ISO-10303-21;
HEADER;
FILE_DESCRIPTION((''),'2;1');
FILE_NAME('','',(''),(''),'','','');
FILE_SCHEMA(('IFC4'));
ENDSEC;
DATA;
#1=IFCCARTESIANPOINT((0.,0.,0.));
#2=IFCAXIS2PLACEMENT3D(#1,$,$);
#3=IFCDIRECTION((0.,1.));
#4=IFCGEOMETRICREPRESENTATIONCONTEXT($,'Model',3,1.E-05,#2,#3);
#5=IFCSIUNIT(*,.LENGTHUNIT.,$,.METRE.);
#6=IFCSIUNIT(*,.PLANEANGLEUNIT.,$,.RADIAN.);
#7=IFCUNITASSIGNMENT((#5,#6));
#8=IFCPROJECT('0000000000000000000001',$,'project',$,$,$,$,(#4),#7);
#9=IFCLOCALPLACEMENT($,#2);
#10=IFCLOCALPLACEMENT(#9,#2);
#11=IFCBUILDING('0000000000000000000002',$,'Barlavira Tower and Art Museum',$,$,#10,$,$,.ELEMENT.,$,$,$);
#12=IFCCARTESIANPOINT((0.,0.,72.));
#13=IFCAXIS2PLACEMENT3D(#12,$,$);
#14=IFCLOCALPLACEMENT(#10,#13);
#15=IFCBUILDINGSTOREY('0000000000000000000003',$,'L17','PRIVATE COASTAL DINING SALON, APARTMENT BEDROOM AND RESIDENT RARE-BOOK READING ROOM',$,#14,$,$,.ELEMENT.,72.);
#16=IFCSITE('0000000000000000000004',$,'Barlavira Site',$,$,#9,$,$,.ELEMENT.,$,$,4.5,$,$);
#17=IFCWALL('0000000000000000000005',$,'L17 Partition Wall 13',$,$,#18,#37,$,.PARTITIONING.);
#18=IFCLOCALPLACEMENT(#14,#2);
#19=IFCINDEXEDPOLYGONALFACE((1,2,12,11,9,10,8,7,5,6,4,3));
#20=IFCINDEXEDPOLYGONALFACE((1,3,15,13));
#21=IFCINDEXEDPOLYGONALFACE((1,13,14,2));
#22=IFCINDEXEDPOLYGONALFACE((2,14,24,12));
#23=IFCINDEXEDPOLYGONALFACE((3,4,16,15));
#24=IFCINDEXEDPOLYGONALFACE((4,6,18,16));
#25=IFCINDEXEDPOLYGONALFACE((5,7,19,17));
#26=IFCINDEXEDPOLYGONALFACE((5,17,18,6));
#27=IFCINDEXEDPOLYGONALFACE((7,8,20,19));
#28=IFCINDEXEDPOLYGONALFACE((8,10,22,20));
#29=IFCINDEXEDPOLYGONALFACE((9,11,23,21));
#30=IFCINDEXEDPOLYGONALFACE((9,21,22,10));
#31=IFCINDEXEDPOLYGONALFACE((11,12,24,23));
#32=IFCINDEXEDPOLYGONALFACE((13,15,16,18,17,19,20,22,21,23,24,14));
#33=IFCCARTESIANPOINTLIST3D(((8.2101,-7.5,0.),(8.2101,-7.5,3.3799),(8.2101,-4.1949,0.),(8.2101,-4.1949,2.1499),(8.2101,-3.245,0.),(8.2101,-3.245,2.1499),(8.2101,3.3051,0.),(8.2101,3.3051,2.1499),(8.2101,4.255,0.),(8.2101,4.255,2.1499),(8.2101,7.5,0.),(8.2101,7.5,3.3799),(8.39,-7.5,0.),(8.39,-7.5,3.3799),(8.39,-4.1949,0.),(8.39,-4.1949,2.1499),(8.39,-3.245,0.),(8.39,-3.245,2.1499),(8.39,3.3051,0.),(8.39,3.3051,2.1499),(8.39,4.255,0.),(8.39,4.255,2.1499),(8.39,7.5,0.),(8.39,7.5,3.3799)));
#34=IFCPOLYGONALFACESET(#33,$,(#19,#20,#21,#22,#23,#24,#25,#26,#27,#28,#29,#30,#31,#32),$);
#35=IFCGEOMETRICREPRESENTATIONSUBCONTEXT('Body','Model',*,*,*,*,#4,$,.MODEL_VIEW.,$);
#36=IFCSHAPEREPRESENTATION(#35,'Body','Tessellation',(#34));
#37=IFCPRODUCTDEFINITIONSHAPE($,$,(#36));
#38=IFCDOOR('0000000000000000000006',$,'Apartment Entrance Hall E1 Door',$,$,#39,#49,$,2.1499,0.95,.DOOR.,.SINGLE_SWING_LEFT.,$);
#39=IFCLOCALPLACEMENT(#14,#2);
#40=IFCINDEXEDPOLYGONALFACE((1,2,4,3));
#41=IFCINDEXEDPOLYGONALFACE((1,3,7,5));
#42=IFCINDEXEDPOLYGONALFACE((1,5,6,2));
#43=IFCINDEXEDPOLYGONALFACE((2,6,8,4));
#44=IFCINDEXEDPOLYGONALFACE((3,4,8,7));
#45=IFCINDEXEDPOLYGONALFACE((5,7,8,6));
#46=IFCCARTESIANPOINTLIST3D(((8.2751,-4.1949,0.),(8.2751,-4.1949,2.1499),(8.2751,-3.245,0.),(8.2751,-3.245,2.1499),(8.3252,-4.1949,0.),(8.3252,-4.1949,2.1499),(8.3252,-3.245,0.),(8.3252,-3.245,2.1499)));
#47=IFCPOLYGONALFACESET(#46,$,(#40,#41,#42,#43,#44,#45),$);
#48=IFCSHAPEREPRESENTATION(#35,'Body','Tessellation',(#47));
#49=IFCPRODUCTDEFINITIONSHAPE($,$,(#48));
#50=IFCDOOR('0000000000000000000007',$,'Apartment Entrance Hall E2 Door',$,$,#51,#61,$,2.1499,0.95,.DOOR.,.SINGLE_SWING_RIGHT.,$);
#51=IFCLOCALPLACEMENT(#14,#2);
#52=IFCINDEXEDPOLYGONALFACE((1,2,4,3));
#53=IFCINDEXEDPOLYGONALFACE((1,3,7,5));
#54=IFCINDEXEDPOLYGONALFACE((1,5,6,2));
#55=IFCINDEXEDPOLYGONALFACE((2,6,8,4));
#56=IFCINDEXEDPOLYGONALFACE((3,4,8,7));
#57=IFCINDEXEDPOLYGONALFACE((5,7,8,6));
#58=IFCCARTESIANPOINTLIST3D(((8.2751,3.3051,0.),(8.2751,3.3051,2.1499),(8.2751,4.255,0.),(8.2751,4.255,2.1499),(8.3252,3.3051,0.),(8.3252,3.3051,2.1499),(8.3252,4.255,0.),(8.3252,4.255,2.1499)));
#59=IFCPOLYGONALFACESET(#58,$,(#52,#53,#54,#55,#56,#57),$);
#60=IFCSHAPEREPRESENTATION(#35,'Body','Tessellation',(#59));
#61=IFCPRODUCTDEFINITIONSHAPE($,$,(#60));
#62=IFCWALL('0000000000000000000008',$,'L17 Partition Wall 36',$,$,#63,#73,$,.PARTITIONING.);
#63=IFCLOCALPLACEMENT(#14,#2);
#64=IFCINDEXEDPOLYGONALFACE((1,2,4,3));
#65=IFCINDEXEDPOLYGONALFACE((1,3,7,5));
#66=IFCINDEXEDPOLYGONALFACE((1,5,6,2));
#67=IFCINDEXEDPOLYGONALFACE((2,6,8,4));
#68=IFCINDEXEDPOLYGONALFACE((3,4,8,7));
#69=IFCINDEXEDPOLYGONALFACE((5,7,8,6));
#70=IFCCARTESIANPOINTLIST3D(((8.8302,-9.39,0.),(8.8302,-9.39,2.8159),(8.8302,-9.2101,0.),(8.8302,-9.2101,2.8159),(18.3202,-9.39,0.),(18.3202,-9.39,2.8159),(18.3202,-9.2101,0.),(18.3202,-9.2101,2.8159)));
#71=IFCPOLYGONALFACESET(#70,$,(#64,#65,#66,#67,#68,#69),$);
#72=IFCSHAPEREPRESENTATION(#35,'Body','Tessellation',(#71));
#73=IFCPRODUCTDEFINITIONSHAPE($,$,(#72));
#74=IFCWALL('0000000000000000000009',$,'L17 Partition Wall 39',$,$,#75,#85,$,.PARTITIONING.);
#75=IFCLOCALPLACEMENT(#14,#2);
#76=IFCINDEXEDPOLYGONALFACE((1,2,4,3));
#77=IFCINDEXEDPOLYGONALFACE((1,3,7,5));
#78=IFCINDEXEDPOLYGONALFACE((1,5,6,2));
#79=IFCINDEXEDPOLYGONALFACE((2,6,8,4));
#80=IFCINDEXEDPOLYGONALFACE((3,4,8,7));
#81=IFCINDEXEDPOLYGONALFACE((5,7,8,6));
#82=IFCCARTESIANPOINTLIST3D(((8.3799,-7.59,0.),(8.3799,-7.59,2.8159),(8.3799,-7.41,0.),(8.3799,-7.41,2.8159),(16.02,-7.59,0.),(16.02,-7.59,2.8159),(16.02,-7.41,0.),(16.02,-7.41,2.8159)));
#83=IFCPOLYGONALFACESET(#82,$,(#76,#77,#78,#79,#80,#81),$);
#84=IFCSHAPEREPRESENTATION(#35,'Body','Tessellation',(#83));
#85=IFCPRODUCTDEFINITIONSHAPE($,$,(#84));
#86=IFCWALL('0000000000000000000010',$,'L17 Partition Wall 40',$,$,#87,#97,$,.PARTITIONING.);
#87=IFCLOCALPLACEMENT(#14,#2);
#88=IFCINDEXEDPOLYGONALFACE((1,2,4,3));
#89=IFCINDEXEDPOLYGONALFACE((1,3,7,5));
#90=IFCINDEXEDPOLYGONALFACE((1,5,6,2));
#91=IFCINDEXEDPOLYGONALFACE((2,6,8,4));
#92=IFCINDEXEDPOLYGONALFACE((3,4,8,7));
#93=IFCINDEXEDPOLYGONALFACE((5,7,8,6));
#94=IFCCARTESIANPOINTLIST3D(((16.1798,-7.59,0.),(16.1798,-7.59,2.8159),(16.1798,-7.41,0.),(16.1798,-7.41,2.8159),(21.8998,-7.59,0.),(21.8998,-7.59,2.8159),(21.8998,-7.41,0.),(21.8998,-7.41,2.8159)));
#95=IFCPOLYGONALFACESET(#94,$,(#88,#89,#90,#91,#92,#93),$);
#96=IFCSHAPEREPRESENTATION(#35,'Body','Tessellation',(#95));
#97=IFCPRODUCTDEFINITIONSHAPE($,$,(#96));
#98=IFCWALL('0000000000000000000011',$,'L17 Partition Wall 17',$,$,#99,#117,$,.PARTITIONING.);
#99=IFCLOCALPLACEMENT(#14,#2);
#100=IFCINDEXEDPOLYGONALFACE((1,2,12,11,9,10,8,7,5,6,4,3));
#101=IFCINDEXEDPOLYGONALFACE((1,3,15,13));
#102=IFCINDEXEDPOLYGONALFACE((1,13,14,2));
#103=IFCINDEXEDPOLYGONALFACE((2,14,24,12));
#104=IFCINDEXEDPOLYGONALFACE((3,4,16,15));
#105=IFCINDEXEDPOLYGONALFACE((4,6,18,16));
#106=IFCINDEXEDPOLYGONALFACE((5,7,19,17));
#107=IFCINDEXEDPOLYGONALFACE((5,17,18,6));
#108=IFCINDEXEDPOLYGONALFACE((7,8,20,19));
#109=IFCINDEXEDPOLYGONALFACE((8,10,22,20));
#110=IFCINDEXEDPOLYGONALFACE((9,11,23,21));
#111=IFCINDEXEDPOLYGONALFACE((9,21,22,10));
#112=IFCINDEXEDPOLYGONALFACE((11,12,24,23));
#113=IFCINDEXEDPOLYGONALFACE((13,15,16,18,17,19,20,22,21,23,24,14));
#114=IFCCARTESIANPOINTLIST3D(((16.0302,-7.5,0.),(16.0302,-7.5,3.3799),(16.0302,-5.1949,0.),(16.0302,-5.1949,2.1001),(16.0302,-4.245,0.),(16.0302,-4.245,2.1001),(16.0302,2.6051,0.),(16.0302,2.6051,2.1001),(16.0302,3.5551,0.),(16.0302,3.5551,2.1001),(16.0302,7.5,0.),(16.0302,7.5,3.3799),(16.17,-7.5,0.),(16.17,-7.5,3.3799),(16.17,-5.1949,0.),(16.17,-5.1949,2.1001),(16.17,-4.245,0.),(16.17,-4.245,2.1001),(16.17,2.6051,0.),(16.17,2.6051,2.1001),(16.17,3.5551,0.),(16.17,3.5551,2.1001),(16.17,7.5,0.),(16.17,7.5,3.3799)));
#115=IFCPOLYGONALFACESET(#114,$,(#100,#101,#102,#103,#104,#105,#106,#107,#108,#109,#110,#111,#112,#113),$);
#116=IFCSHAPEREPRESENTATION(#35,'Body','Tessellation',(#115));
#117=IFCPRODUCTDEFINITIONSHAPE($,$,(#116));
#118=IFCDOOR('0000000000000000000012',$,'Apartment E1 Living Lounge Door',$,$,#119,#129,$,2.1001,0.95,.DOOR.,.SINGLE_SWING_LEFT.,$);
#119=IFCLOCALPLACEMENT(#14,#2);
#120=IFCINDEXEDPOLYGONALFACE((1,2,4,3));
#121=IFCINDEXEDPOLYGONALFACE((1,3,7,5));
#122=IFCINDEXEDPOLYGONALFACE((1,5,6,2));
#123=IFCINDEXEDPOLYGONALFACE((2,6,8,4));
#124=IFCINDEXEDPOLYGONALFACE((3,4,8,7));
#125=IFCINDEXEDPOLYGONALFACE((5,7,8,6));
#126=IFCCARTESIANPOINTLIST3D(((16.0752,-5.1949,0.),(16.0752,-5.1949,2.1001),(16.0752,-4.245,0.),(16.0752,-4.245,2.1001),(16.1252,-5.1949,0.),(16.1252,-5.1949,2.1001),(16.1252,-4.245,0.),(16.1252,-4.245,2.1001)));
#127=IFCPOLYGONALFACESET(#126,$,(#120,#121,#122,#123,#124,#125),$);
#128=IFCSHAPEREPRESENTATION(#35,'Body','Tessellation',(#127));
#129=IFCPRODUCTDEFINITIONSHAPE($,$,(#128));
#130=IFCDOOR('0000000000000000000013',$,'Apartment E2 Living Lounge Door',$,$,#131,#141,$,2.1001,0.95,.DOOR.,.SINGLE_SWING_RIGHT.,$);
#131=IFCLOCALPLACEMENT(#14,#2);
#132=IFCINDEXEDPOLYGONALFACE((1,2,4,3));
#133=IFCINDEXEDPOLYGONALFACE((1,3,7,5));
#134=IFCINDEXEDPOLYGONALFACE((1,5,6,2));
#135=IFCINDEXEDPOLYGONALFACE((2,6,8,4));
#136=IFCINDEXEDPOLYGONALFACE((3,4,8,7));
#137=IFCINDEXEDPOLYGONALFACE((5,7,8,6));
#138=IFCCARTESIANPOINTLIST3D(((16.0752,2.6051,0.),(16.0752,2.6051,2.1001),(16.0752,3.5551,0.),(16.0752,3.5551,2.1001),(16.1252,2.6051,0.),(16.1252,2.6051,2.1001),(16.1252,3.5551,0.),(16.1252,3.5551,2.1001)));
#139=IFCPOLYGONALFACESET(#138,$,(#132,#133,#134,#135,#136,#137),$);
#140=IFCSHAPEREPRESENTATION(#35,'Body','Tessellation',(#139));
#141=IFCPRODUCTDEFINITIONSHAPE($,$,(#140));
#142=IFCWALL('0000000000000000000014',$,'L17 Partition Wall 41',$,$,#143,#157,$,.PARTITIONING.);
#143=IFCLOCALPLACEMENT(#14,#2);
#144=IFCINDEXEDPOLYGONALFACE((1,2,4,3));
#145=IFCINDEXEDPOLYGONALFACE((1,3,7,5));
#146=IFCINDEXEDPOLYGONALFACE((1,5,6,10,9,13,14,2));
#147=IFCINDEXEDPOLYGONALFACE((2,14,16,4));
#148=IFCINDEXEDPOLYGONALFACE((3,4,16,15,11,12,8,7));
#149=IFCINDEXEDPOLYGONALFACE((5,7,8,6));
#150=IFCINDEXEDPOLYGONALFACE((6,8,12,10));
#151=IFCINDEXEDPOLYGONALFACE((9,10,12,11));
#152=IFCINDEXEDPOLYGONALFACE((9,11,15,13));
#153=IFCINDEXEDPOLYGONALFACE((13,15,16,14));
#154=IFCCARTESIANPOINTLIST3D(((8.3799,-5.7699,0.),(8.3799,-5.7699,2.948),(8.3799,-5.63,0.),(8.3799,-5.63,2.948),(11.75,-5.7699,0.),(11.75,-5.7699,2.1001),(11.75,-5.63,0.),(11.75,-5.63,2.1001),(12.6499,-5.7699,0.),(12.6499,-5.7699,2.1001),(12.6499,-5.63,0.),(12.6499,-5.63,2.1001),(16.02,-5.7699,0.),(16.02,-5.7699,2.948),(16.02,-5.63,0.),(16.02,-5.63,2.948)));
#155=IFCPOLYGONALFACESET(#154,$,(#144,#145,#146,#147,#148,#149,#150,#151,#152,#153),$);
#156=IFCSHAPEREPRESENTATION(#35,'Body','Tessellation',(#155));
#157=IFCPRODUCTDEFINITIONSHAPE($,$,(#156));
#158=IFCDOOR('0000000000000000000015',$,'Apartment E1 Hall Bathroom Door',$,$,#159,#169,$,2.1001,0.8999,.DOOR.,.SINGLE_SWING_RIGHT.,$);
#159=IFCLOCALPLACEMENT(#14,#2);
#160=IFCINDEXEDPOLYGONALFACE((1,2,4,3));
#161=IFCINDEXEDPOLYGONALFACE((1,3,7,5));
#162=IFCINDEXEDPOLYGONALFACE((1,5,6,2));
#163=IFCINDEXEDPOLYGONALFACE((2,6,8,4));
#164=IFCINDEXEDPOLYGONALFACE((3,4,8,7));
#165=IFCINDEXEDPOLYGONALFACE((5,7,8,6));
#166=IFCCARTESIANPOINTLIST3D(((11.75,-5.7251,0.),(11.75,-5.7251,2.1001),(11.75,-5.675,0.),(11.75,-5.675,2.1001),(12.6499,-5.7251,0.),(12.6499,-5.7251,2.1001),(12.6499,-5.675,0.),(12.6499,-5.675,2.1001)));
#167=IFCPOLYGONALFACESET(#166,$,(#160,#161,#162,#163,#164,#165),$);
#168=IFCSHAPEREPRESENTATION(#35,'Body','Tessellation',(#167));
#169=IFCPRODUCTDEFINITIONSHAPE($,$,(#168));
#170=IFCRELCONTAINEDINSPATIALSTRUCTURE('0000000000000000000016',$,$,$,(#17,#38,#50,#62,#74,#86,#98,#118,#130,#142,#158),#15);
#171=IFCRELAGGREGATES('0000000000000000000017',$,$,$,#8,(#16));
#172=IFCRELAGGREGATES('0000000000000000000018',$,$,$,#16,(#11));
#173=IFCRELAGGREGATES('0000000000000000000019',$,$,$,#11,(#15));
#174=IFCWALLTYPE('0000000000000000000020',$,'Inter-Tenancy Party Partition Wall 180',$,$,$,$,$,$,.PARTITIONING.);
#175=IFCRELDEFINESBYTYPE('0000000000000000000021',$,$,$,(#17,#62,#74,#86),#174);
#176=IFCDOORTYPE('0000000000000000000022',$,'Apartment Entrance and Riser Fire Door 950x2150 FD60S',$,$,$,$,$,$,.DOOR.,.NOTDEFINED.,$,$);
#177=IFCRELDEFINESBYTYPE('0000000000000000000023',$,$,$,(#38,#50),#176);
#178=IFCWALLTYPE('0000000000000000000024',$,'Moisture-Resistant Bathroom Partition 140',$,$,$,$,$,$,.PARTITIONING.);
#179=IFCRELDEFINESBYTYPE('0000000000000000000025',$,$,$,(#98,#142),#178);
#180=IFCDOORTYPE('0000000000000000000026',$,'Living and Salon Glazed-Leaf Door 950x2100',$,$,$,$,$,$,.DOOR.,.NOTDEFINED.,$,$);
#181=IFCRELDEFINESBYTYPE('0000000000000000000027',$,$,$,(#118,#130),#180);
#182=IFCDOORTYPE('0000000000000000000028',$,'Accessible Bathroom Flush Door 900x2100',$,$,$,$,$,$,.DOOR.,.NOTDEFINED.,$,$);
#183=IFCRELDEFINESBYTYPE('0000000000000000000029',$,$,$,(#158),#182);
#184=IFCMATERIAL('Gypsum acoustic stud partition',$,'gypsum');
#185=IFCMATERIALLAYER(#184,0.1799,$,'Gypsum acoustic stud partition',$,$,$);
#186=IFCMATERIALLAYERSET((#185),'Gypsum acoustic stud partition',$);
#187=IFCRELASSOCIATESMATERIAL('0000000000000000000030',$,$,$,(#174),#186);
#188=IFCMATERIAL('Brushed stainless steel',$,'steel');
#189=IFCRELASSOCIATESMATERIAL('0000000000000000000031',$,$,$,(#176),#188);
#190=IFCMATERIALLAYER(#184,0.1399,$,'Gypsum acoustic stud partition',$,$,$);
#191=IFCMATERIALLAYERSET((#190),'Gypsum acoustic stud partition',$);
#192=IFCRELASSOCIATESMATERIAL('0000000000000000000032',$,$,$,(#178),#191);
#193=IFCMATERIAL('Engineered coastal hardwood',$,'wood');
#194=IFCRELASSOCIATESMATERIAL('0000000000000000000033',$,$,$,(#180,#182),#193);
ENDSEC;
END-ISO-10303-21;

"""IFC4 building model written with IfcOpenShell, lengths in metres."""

from ifc_helpers import new_model, si_unit, direction, frame, frame_2d, origin, place, context, subcontext, project, spatial, rectangle, extrude, material, layer, layer_set, type_object, element, fill, save


model = new_model("IFC4")

# Units and contexts
model_context = context("Model", 3, precision=1e-05, world=origin(), true_north=direction((0.0, 1.0)))
body_context = subcontext(model_context, "Body", "Model", "MODEL_VIEW")
ifc_project = project(units=[si_unit("LENGTHUNIT", "METRE"), si_unit("PLANEANGLEUNIT", "RADIAN")], contexts=[model_context])

# Site, building, storey
site_placement = place(None, origin())
site = spatial("IfcSite", under=ifc_project, at=site_placement, Name="Barlavira Site", CompositionType="ELEMENT", RefElevation=4.5)
building_placement = place(site_placement, origin())
building = spatial("IfcBuilding", under=site, at=building_placement, Name="Barlavira Tower and Art Museum", CompositionType="ELEMENT")
storey_placement = place(building_placement, frame((0.0, 0.0, 72.0)))
storey = spatial("IfcBuildingStorey", under=building, at=storey_placement, Name="L17", Description="PRIVATE COASTAL DINING SALON, APARTMENT BEDROOM AND RESIDENT RARE-BOOK READING ROOM", CompositionType="ELEMENT", Elevation=72.0)

# Shared definitions
ifc_material_1 = material(Name="Gypsum acoustic stud partition", Category="gypsum")
ifc_material_2 = material(Name="Engineered coastal hardwood", Category="wood")

# Wall, openings, doors
ifc_layer_1 = layer(ifc_material_1, 0.1799, Name="Gypsum acoustic stud partition")
ifc_layer_set_1 = layer_set([ifc_layer_1], Name="Gypsum acoustic stud partition")
wall_type_1 = type_object("IfcWallType", Name="Inter-Tenancy Party Partition Wall 180", PredefinedType="PARTITIONING", material=ifc_layer_set_1)
wall_1_placement = place(storey_placement, frame((8.3, -7.5, 0.0), z_axis=(0.0, 0.0, 1.0), x_axis=(0.0, 1.0, 0.0)))
wall_1 = element("IfcWall", 1, at=wall_1_placement, inside=storey, type_object=wall_type_1, Name="L17 Partition Wall 13", PredefinedType="PARTITIONING", context=body_context, shape_type="SweptSolid", body=[
    extrude(rectangle(XDim=15.0, YDim=0.1799, at=frame_2d((7.5, 0.0))), origin(), (0.0, 0.0, 1.0), 3.3799),
])
opening_1_placement = place(wall_1_placement, frame((3.3049, 0.0, 0.0)))
opening_1 = element("IfcOpeningElement", 2, at=opening_1_placement, cuts=wall_1, PredefinedType="OPENING", context=body_context, shape_type="SweptSolid", body=[
    extrude(rectangle(XDim=0.95, YDim=2.1499, at=frame_2d((0.4751, 1.075))), frame((0.0, 0.1001, 0.0), z_axis=(0.0, -1.0, 0.0), x_axis=(1.0, 0.0, 0.0)), (0.0, 0.0, 1.0), 0.2),
])
opening_2_placement = place(wall_1_placement, frame((10.8049, 0.0, 0.0)))
opening_2 = element("IfcOpeningElement", 3, at=opening_2_placement, cuts=wall_1, PredefinedType="OPENING", context=body_context, shape_type="SweptSolid", body=[
    extrude(rectangle(XDim=0.95, YDim=2.1499, at=frame_2d((0.4751, 1.075))), frame((0.0, 0.1001, 0.0), z_axis=(0.0, -1.0, 0.0), x_axis=(1.0, 0.0, 0.0)), (0.0, 0.0, 1.0), 0.2),
])
ifc_material_3 = material(Name="Brushed stainless steel", Category="steel")
door_type_1 = type_object("IfcDoorType", Name="Apartment Entrance and Riser Fire Door 950x2150 FD60S", OperationType="NOTDEFINED", PredefinedType="DOOR", material=ifc_material_3)
door_1_placement = place(opening_1_placement, origin())
door_1 = element("IfcDoor", 4, at=door_1_placement, inside=storey, type_object=door_type_1, Name="Apartment Entrance Hall E1 Door", OperationType="SINGLE_SWING_LEFT", OverallHeight=2.1499, OverallWidth=0.95, PredefinedType="DOOR", context=body_context, shape_type="SweptSolid", body=[
    extrude(rectangle(XDim=0.95, YDim=2.1499, at=frame_2d((0.4751, 1.075))), frame((0.0, 0.0249, 0.0), z_axis=(0.0, -1.0, 0.0), x_axis=(1.0, 0.0, 0.0)), (0.0, 0.0, 1.0), 0.05),
])
fill(opening_1, door_1)
door_2_placement = place(opening_2_placement, origin())
door_2 = element("IfcDoor", 5, at=door_2_placement, inside=storey, type_object=door_type_1, Name="Apartment Entrance Hall E2 Door", OperationType="SINGLE_SWING_RIGHT", OverallHeight=2.1499, OverallWidth=0.95, PredefinedType="DOOR", context=body_context, shape_type="SweptSolid", body=[
    extrude(rectangle(XDim=0.95, YDim=2.1499, at=frame_2d((0.4751, 1.075))), frame((0.0, 0.0249, 0.0), z_axis=(0.0, -1.0, 0.0), x_axis=(1.0, 0.0, 0.0)), (0.0, 0.0, 1.0), 0.05),
])
fill(opening_2, door_2)

# Walls
wall_2_placement = place(storey_placement, frame((8.8301, -9.3, 0.0), z_axis=(0.0, 0.0, 1.0), x_axis=(1.0, 0.0, 0.0)))
element("IfcWall", 6, at=wall_2_placement, inside=storey, type_object=wall_type_1, Name="L17 Partition Wall 36", PredefinedType="PARTITIONING", context=body_context, shape_type="SweptSolid", body=[
    extrude(rectangle(XDim=9.49, YDim=0.1799, at=frame_2d((4.7451, 0.0))), origin(), (0.0, 0.0, 1.0), 2.8159),
])
wall_3_placement = place(storey_placement, frame((8.3799, -7.5, 0.0), z_axis=(0.0, 0.0, 1.0), x_axis=(1.0, 0.0, 0.0)))
element("IfcWall", 7, at=wall_3_placement, inside=storey, type_object=wall_type_1, Name="L17 Partition Wall 39", PredefinedType="PARTITIONING", context=body_context, shape_type="SweptSolid", body=[
    extrude(rectangle(XDim=7.6401, YDim=0.1799, at=frame_2d((3.8201, 0.0))), origin(), (0.0, 0.0, 1.0), 2.8159),
])
wall_4_placement = place(storey_placement, frame((16.1799, -7.5, 0.0), z_axis=(0.0, 0.0, 1.0), x_axis=(1.0, 0.0, 0.0)))
element("IfcWall", 8, at=wall_4_placement, inside=storey, type_object=wall_type_1, Name="L17 Partition Wall 40", PredefinedType="PARTITIONING", context=body_context, shape_type="SweptSolid", body=[
    extrude(rectangle(XDim=5.72, YDim=0.1799, at=frame_2d((2.8599, 0.0))), origin(), (0.0, 0.0, 1.0), 2.8159),
])

# Wall, openings, doors
ifc_layer_2 = layer(ifc_material_1, 0.1399, Name="Gypsum acoustic stud partition")
ifc_layer_set_2 = layer_set([ifc_layer_2], Name="Gypsum acoustic stud partition")
wall_type_2 = type_object("IfcWallType", Name="Moisture-Resistant Bathroom Partition 140", PredefinedType="PARTITIONING", material=ifc_layer_set_2)
wall_5_placement = place(storey_placement, frame((16.1001, -7.5, 0.0), z_axis=(0.0, 0.0, 1.0), x_axis=(0.0, 1.0, 0.0)))
wall_5 = element("IfcWall", 9, at=wall_5_placement, inside=storey, type_object=wall_type_2, Name="L17 Partition Wall 17", PredefinedType="PARTITIONING", context=body_context, shape_type="SweptSolid", body=[
    extrude(rectangle(XDim=15.0, YDim=0.1399, at=frame_2d((7.5, 0.0))), origin(), (0.0, 0.0, 1.0), 3.3799),
])
opening_3_placement = place(wall_5_placement, frame((2.3049, 0.0, 0.0)))
opening_3 = element("IfcOpeningElement", 10, at=opening_3_placement, cuts=wall_5, PredefinedType="OPENING", context=body_context, shape_type="SweptSolid", body=[
    extrude(rectangle(XDim=0.95, YDim=2.1001, at=frame_2d((0.4751, 1.05))), frame((0.0, 0.0801, 0.0), z_axis=(0.0, -1.0, 0.0), x_axis=(1.0, 0.0, 0.0)), (0.0, 0.0, 1.0), 0.1599),
])
opening_4_placement = place(wall_5_placement, frame((10.105, 0.0, 0.0)))
opening_4 = element("IfcOpeningElement", 11, at=opening_4_placement, cuts=wall_5, PredefinedType="OPENING", context=body_context, shape_type="SweptSolid", body=[
    extrude(rectangle(XDim=0.95, YDim=2.1001, at=frame_2d((0.4751, 1.05))), frame((0.0, 0.0801, 0.0), z_axis=(0.0, -1.0, 0.0), x_axis=(1.0, 0.0, 0.0)), (0.0, 0.0, 1.0), 0.1599),
])
door_type_2 = type_object("IfcDoorType", Name="Living and Salon Glazed-Leaf Door 950x2100", OperationType="NOTDEFINED", PredefinedType="DOOR", material=ifc_material_2)
door_3_placement = place(opening_3_placement, origin())
door_3 = element("IfcDoor", 12, at=door_3_placement, inside=storey, type_object=door_type_2, Name="Apartment E1 Living Lounge Door", OperationType="SINGLE_SWING_LEFT", OverallHeight=2.1001, OverallWidth=0.95, PredefinedType="DOOR", context=body_context, shape_type="SweptSolid", body=[
    extrude(rectangle(XDim=0.95, YDim=2.1001, at=frame_2d((0.4751, 1.05))), frame((0.0, 0.0249, 0.0), z_axis=(0.0, -1.0, 0.0), x_axis=(1.0, 0.0, 0.0)), (0.0, 0.0, 1.0), 0.05),
])
fill(opening_3, door_3)
door_4_placement = place(opening_4_placement, origin())
door_4 = element("IfcDoor", 13, at=door_4_placement, inside=storey, type_object=door_type_2, Name="Apartment E2 Living Lounge Door", OperationType="SINGLE_SWING_RIGHT", OverallHeight=2.1001, OverallWidth=0.95, PredefinedType="DOOR", context=body_context, shape_type="SweptSolid", body=[
    extrude(rectangle(XDim=0.95, YDim=2.1001, at=frame_2d((0.4751, 1.05))), frame((0.0, 0.0249, 0.0), z_axis=(0.0, -1.0, 0.0), x_axis=(1.0, 0.0, 0.0)), (0.0, 0.0, 1.0), 0.05),
])
fill(opening_4, door_4)

# Wall, opening, door
wall_6_placement = place(storey_placement, frame((8.3799, -5.7, 0.0), z_axis=(0.0, 0.0, 1.0), x_axis=(1.0, 0.0, 0.0)))
wall_6 = element("IfcWall", 14, at=wall_6_placement, inside=storey, type_object=wall_type_2, Name="L17 Partition Wall 41", PredefinedType="PARTITIONING", context=body_context, shape_type="SweptSolid", body=[
    extrude(rectangle(XDim=7.6401, YDim=0.1399, at=frame_2d((3.8201, 0.0))), origin(), (0.0, 0.0, 1.0), 2.948),
])
opening_5_placement = place(wall_6_placement, frame((3.3701, 0.0, 0.0)))
opening_5 = element("IfcOpeningElement", 15, at=opening_5_placement, cuts=wall_6, PredefinedType="OPENING", context=body_context, shape_type="SweptSolid", body=[
    extrude(rectangle(XDim=0.8999, YDim=2.1001, at=frame_2d((0.45, 1.05))), frame((0.0, 0.0801, 0.0), z_axis=(0.0, -1.0, 0.0), x_axis=(1.0, 0.0, 0.0)), (0.0, 0.0, 1.0), 0.1599),
])
door_type_3 = type_object("IfcDoorType", Name="Accessible Bathroom Flush Door 900x2100", OperationType="NOTDEFINED", PredefinedType="DOOR", material=ifc_material_2)
door_5_placement = place(opening_5_placement, origin())
door_5 = element("IfcDoor", 16, at=door_5_placement, inside=storey, type_object=door_type_3, Name="Apartment E1 Hall Bathroom Door", OperationType="SINGLE_SWING_RIGHT", OverallHeight=2.1001, OverallWidth=0.8999, PredefinedType="DOOR", context=body_context, shape_type="SweptSolid", body=[
    extrude(rectangle(XDim=0.8999, YDim=2.1001, at=frame_2d((0.45, 1.05))), frame((0.0, 0.0249, 0.0), z_axis=(0.0, -1.0, 0.0), x_axis=(1.0, 0.0, 0.0)), (0.0, 0.0, 1.0), 0.05),
])
fill(opening_5, door_5)

save(model, "model.ifc")
